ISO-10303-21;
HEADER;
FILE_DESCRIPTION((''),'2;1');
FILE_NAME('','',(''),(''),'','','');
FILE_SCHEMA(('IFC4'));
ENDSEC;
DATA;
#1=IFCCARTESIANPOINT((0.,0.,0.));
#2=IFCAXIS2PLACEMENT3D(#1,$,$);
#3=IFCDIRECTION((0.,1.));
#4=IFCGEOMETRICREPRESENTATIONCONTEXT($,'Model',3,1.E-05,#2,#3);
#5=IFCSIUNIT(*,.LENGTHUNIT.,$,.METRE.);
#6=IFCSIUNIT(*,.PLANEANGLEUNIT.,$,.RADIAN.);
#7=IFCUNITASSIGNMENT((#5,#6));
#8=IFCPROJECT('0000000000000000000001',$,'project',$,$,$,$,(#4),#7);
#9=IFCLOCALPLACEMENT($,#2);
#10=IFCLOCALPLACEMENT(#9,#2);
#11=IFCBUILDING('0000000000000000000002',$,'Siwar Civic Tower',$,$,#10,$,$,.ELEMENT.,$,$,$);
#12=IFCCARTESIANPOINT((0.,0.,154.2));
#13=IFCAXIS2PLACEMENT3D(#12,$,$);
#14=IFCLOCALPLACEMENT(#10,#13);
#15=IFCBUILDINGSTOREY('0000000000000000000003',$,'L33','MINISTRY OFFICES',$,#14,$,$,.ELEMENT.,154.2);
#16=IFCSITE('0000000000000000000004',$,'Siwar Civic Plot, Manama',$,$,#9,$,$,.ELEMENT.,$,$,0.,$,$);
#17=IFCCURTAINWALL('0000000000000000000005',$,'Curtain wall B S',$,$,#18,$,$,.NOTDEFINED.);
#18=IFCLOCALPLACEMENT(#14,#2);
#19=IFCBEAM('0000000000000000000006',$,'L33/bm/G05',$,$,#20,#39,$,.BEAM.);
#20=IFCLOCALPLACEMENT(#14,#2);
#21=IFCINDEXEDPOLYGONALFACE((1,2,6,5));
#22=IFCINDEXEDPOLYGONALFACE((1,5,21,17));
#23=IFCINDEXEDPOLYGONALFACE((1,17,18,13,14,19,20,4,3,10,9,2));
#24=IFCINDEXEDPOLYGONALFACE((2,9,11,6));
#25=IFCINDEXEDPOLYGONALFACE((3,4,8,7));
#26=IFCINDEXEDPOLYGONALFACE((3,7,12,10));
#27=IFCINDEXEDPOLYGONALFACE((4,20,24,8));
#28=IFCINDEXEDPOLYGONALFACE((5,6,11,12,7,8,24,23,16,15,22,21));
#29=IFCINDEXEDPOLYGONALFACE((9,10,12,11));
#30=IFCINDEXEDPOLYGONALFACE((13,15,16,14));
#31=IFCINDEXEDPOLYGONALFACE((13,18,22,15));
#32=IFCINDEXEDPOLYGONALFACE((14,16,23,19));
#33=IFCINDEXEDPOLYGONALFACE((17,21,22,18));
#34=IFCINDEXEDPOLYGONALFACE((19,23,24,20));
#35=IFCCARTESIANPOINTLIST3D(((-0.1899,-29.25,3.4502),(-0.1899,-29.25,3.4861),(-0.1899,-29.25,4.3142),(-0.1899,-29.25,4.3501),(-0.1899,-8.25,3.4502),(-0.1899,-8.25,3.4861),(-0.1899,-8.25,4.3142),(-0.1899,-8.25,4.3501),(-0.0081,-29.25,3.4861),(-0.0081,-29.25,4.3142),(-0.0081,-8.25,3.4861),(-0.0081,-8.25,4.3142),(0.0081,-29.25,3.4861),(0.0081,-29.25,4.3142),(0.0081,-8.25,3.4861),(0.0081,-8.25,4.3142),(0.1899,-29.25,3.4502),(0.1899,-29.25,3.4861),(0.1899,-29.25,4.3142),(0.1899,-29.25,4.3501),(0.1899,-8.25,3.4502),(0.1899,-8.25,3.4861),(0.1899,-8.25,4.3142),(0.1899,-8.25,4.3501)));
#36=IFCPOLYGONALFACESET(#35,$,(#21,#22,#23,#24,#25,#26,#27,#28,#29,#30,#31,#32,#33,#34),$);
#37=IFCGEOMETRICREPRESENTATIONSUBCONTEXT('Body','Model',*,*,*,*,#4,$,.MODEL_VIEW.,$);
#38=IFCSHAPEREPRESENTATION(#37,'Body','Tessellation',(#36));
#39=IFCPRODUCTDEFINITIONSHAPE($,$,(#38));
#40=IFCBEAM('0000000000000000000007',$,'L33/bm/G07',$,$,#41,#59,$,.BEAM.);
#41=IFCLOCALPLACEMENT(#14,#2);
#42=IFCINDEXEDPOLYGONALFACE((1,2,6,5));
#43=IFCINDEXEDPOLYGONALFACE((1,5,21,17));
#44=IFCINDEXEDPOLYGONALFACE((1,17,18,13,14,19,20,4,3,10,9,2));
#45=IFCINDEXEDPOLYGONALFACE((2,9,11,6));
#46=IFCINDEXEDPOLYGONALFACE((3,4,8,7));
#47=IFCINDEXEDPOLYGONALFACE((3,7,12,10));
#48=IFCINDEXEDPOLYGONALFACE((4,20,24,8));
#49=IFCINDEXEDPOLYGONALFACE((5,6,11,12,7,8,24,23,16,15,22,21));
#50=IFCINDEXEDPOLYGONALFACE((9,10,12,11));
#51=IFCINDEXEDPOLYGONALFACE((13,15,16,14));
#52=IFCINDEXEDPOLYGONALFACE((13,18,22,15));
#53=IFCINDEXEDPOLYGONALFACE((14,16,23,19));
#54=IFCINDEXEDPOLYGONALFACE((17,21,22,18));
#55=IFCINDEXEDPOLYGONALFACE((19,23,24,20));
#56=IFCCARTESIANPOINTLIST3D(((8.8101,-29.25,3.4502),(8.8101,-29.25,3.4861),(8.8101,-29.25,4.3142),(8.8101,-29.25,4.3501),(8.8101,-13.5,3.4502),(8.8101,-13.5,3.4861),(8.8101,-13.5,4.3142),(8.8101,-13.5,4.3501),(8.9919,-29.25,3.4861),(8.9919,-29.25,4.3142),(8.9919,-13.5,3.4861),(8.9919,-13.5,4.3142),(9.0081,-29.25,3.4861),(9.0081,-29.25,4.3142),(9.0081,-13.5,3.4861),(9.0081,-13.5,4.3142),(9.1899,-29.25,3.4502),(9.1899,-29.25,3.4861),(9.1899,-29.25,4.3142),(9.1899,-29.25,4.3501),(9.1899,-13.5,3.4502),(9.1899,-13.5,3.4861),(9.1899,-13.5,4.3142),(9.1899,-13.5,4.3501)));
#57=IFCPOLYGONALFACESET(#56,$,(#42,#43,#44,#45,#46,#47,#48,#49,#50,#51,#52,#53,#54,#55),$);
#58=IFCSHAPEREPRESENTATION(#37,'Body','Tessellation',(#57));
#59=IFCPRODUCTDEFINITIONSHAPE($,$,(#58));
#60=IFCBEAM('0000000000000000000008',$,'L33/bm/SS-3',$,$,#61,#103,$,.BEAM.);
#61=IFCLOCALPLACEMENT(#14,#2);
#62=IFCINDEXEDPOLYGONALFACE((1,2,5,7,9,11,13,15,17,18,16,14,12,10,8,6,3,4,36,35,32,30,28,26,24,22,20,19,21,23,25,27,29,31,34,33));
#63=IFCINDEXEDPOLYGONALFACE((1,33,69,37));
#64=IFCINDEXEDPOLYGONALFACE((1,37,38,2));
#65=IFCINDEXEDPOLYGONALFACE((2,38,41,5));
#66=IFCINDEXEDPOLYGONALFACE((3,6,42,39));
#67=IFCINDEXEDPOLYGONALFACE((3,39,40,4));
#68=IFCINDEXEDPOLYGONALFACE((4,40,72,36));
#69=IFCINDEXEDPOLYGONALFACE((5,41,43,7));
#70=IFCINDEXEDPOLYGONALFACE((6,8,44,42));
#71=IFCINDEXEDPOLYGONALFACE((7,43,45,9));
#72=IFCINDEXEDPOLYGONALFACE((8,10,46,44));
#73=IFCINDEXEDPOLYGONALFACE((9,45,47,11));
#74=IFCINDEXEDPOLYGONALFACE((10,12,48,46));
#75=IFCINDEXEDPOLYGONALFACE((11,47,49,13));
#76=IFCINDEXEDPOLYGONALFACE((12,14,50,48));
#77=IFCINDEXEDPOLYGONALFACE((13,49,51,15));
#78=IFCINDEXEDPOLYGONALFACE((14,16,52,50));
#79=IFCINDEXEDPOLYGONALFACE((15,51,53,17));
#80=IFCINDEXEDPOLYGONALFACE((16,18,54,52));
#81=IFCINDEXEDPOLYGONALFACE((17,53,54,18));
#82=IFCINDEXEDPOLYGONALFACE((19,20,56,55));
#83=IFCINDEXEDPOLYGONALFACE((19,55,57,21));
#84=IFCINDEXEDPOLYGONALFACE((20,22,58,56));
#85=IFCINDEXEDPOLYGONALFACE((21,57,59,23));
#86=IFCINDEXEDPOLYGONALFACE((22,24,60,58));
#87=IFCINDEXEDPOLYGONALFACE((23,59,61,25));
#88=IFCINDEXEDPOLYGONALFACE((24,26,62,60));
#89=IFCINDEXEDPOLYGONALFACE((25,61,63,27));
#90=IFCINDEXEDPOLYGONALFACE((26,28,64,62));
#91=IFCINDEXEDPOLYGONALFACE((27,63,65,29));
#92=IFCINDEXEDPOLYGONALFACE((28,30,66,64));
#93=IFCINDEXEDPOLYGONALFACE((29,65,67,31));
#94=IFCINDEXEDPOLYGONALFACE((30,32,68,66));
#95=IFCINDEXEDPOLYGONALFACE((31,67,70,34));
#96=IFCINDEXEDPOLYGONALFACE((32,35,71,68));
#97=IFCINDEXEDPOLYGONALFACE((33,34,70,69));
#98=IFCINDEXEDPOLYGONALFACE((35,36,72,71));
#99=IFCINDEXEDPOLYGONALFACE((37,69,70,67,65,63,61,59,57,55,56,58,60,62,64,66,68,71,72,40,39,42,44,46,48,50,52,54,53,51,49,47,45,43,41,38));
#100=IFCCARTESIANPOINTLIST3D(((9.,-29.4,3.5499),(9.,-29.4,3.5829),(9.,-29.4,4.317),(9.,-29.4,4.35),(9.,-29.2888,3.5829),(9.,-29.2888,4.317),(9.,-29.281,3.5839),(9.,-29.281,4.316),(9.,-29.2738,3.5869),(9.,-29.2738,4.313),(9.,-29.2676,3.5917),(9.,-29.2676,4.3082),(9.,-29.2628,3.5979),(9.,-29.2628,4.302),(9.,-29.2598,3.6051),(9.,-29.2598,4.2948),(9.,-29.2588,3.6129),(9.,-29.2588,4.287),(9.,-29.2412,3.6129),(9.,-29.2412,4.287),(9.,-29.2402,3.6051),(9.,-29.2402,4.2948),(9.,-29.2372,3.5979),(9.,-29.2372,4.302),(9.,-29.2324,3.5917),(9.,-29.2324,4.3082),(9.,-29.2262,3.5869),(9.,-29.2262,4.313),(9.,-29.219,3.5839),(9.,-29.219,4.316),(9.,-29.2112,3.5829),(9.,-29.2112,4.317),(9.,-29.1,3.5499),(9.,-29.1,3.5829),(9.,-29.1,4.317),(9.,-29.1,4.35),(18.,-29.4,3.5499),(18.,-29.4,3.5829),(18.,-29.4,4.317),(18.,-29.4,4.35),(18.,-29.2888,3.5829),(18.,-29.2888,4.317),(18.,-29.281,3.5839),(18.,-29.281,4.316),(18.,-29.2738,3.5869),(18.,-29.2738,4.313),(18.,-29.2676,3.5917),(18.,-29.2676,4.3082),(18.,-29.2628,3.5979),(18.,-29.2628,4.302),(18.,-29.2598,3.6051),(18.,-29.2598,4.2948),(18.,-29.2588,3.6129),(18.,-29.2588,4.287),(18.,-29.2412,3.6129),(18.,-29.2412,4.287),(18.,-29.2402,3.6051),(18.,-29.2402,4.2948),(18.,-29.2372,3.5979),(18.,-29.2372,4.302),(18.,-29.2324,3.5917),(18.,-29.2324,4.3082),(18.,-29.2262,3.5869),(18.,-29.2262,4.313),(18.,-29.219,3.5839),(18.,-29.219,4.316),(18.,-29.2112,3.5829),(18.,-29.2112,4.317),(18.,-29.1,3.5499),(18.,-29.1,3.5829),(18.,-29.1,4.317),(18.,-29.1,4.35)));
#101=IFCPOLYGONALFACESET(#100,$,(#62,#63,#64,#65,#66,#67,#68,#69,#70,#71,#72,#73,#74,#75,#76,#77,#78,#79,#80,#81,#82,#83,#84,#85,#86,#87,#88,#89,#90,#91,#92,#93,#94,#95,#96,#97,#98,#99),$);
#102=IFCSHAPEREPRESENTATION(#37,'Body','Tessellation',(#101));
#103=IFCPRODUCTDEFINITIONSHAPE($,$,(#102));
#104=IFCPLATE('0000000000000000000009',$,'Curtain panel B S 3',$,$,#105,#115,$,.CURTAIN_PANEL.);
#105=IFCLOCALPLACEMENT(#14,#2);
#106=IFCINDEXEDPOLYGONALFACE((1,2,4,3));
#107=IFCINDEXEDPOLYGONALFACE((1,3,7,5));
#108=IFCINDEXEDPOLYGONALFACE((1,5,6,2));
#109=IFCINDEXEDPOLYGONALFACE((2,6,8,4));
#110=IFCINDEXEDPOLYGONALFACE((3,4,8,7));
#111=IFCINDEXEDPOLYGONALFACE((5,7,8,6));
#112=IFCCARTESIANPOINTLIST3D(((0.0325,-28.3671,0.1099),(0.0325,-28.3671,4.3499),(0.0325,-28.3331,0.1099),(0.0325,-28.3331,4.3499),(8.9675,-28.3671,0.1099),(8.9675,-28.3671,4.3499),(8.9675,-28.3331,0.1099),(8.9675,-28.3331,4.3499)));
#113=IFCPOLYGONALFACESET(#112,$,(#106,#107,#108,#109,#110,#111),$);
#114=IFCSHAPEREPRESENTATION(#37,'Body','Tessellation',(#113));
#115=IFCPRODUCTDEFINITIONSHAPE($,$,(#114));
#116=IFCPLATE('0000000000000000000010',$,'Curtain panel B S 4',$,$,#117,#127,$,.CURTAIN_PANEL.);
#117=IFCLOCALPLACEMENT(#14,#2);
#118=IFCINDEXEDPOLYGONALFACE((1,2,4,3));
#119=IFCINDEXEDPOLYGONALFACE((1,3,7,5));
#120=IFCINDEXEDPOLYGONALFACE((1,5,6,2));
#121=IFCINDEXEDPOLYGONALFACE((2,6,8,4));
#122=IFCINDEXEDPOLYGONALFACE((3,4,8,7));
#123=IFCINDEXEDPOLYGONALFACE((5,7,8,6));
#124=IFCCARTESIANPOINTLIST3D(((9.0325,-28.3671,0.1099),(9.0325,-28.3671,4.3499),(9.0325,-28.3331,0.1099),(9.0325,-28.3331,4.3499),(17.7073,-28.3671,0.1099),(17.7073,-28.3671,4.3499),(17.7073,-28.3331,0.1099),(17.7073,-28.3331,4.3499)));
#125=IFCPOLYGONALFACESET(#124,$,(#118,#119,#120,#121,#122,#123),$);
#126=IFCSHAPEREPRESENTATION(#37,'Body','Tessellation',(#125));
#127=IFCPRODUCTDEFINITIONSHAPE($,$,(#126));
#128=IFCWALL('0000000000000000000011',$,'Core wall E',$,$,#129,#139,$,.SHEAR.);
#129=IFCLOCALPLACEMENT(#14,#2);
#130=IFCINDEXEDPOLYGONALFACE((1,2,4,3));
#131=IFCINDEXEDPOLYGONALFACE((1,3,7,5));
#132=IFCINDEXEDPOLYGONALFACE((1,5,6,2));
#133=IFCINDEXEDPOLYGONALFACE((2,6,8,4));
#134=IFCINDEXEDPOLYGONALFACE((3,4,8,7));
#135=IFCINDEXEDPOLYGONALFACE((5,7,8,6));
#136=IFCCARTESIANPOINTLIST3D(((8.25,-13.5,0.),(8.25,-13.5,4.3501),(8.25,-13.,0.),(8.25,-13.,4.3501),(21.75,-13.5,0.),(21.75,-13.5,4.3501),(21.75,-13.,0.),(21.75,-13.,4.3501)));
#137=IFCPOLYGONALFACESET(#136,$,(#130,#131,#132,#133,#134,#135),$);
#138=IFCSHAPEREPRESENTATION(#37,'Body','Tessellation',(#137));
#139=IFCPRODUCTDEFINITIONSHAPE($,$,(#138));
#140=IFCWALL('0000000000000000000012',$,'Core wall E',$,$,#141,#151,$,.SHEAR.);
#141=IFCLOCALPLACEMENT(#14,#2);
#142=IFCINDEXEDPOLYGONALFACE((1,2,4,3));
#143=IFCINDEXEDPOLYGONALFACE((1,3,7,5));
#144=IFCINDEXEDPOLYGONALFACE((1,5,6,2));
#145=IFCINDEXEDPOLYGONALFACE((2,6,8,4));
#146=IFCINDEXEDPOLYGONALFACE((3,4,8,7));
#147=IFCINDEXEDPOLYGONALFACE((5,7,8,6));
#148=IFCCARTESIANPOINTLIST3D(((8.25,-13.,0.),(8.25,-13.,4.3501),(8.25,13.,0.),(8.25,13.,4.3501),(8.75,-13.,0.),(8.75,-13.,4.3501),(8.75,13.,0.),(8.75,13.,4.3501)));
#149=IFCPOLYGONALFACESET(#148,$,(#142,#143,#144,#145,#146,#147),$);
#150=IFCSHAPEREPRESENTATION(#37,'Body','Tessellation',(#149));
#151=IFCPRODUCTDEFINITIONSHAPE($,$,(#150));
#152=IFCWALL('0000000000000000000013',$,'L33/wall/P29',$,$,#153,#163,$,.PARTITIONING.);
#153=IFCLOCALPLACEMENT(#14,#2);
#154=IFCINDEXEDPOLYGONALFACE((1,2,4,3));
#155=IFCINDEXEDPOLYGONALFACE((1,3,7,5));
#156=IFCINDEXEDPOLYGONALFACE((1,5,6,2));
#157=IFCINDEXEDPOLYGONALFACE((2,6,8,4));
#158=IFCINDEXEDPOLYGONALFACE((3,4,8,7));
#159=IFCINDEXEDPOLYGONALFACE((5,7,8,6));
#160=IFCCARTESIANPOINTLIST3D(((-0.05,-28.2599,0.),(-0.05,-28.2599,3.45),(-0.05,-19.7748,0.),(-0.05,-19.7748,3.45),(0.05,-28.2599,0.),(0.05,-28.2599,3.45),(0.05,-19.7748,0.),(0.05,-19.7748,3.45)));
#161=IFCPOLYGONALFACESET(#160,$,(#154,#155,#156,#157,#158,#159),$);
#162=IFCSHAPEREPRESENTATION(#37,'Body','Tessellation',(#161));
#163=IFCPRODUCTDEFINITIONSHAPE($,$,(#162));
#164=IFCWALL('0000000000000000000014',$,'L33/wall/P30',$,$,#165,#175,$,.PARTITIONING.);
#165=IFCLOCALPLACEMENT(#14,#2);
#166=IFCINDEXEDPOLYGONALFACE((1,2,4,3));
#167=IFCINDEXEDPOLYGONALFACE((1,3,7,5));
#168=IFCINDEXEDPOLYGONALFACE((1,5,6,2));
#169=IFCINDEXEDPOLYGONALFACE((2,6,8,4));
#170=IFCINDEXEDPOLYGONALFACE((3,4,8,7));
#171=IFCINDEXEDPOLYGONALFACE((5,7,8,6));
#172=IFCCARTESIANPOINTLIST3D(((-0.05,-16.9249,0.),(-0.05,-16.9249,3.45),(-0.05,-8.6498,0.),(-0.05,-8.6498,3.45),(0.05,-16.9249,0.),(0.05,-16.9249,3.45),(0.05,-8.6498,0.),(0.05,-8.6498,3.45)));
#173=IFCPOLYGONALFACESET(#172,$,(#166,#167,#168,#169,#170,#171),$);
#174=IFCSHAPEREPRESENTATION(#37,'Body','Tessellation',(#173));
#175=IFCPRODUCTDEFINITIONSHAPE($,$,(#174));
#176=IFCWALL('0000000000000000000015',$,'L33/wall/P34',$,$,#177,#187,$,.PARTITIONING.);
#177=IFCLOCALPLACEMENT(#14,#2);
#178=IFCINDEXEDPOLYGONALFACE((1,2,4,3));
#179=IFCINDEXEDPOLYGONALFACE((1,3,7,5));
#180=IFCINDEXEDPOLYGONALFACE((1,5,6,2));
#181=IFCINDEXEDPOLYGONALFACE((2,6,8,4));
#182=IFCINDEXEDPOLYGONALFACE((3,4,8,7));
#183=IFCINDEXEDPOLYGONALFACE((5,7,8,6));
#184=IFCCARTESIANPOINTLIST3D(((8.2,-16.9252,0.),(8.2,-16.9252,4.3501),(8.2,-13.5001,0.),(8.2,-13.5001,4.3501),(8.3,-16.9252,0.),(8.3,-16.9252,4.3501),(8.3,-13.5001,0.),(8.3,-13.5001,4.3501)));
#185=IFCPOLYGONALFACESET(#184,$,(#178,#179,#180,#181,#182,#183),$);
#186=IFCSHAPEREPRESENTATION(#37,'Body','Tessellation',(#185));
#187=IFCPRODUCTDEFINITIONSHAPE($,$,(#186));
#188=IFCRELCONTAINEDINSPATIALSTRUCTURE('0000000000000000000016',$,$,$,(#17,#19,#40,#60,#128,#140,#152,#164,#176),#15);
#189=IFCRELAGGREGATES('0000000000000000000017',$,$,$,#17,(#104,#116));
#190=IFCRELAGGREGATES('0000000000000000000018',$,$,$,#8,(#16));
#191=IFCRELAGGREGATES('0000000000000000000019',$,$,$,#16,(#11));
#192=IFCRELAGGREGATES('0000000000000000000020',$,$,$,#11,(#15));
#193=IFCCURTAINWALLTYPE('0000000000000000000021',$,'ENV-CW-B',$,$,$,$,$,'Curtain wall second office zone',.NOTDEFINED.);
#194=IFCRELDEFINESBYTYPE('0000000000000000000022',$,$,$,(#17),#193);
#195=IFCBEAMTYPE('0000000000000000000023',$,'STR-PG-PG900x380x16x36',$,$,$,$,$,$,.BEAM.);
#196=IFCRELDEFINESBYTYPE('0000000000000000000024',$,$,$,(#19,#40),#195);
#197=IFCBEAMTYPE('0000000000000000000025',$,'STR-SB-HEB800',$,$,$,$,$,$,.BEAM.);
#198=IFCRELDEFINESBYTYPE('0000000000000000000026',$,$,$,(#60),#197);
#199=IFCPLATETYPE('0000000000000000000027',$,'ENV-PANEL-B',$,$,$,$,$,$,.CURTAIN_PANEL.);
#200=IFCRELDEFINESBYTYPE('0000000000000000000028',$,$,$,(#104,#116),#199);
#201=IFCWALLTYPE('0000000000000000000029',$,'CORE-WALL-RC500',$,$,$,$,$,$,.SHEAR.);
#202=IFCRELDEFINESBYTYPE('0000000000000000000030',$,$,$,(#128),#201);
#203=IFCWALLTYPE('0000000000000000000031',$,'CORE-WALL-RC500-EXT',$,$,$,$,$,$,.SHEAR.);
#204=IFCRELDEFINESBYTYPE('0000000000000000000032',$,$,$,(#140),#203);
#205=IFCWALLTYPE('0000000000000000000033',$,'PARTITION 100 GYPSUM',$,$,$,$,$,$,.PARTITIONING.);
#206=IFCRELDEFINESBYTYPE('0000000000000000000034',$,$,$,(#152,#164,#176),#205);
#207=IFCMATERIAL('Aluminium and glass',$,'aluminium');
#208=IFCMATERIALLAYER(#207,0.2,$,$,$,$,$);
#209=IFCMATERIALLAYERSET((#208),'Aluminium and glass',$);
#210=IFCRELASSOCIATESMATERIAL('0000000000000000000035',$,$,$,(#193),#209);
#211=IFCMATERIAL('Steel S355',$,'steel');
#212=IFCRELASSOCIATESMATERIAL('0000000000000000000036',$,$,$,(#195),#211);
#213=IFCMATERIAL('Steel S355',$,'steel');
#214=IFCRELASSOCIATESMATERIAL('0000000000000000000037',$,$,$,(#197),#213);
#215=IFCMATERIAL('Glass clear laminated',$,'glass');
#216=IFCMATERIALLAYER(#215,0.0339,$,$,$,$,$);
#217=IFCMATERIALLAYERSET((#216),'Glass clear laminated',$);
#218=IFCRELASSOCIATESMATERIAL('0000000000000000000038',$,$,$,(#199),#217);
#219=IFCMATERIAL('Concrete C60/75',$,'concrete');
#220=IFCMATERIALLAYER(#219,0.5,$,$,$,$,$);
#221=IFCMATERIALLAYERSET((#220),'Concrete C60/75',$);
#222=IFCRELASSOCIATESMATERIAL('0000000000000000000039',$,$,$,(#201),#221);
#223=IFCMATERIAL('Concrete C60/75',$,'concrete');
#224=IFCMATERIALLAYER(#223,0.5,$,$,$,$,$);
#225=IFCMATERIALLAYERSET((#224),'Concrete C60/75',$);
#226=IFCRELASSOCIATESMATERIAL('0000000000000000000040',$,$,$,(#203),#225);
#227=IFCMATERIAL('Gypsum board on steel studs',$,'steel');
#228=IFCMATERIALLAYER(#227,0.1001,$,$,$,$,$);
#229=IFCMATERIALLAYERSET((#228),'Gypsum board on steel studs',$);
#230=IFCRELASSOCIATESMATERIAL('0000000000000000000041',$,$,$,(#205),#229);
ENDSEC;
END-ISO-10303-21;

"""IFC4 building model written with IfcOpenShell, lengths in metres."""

from ifc_helpers import new_model, si_unit, direction, frame, frame_2d, origin, origin_2d, place, context, subcontext, project, spatial, rectangle, i_section, extrude, material, layer, layer_set, material_profile, profile_set, type_object, element, aggregate, save


model = new_model("IFC4")

# Units and contexts
model_context = context("Model", 3, precision=1e-05, world=origin(), true_north=direction((0.0, 1.0)))
body_context = subcontext(model_context, "Body", "Model", "MODEL_VIEW")
ifc_project = project(units=[si_unit("LENGTHUNIT", "METRE"), si_unit("PLANEANGLEUNIT", "RADIAN")], contexts=[model_context])

# Site, building, storey
site_placement = place(None, origin())
site = spatial("IfcSite", under=ifc_project, at=site_placement, Name="Siwar Civic Plot, Manama", CompositionType="ELEMENT", RefElevation=0.0)
building_placement = place(site_placement, origin())
building = spatial("IfcBuilding", under=site, at=building_placement, Name="Siwar Civic Tower", CompositionType="ELEMENT")
storey_placement = place(building_placement, frame((0.0, 0.0, 154.2)))
storey = spatial("IfcBuildingStorey", under=building, at=storey_placement, Name="L33", Description="MINISTRY OFFICES", CompositionType="ELEMENT", Elevation=154.2)

# Curtain wall
ifc_material_1 = material(Name="Aluminium and glass", Category="aluminium")
ifc_layer_1 = layer(ifc_material_1, 0.2)
ifc_layer_set_1 = layer_set([ifc_layer_1], Name="Aluminium and glass")
curtain_wall_type = type_object("IfcCurtainWallType", Name="ENV-CW-B", ElementType="Curtain wall second office zone", PredefinedType="NOTDEFINED", material=ifc_layer_set_1)
curtain_wall_placement = place(storey_placement, origin())
curtain_wall = element("IfcCurtainWall", 1, at=curtain_wall_placement, inside=storey, type_object=curtain_wall_type, Name="Curtain wall B S", PredefinedType="NOTDEFINED")

# Beams
ifc_material_2 = material(Name="Steel S355", Category="steel")
ifc_material_profile_1 = material_profile(ifc_material_2, i_section(OverallWidth=0.3799, OverallDepth=0.8999, WebThickness=0.0161, FlangeThickness=0.0359, at=origin_2d()), Name="PG900x380x16x36")
ifc_profile_set_1 = profile_set([ifc_material_profile_1], Name="Steel S355")
beam_type_1 = type_object("IfcBeamType", Name="STR-PG-PG900x380x16x36", PredefinedType="BEAM", material=ifc_profile_set_1)
beam_1_placement = place(storey_placement, frame((0.0, -29.25, 3.9001), z_axis=(0.0, 1.0, 0.0), x_axis=(-1.0, 0.0, 0.0)))
element("IfcBeam", 2, at=beam_1_placement, inside=storey, type_object=beam_type_1, Name="L33/bm/G05", PredefinedType="BEAM", context=body_context, shape_type="SweptSolid", body=[
    extrude(i_section(OverallWidth=0.3799, OverallDepth=0.8999, WebThickness=0.0161, FlangeThickness=0.0359, at=origin_2d()), origin(), (0.0, 0.0, 1.0), 21.0),
])
beam_2_placement = place(storey_placement, frame((9.0, -29.25, 3.9001), z_axis=(0.0, 1.0, 0.0), x_axis=(-1.0, 0.0, 0.0)))
element("IfcBeam", 3, at=beam_2_placement, inside=storey, type_object=beam_type_1, Name="L33/bm/G07", PredefinedType="BEAM", context=body_context, shape_type="SweptSolid", body=[
    extrude(i_section(OverallWidth=0.3799, OverallDepth=0.8999, WebThickness=0.0161, FlangeThickness=0.0359, at=origin_2d()), origin(), (0.0, 0.0, 1.0), 15.75),
])
ifc_material_3 = material(Name="Steel S355", Category="steel")
ifc_material_profile_2 = material_profile(ifc_material_3, i_section(OverallWidth=0.3, OverallDepth=0.8, WebThickness=0.0176, FlangeThickness=0.033, FilletRadius=0.03, at=origin_2d()), Name="HEB800")
ifc_profile_set_2 = profile_set([ifc_material_profile_2], Name="Steel S355")
beam_type_2 = type_object("IfcBeamType", Name="STR-SB-HEB800", PredefinedType="BEAM", material=ifc_profile_set_2)
beam_3_placement = place(storey_placement, frame((9.0, -29.25, 3.95), z_axis=(1.0, 0.0, 0.0), x_axis=(0.0, 1.0, 0.0)))
element("IfcBeam", 4, at=beam_3_placement, inside=storey, type_object=beam_type_2, Name="L33/bm/SS-3", PredefinedType="BEAM", context=body_context, shape_type="SweptSolid", body=[
    extrude(i_section(OverallWidth=0.3, OverallDepth=0.8, WebThickness=0.0176, FlangeThickness=0.033, FilletRadius=0.03, at=origin_2d()), origin(), (0.0, 0.0, 1.0), 9.0),
])

# Plates
ifc_material_4 = material(Name="Glass clear laminated", Category="glass")
ifc_layer_2 = layer(ifc_material_4, 0.0339)
ifc_layer_set_2 = layer_set([ifc_layer_2], Name="Glass clear laminated")
plate_type = type_object("IfcPlateType", Name="ENV-PANEL-B", PredefinedType="CURTAIN_PANEL", material=ifc_layer_set_2)
plate_1_placement = place(storey_placement, frame((4.5, -28.3501, 0.1099), z_axis=(0.0, 0.0, 1.0), x_axis=(1.0, 0.0, 0.0)))
plate_1 = element("IfcPlate", 5, at=plate_1_placement, type_object=plate_type, Name="Curtain panel B S 3", PredefinedType="CURTAIN_PANEL", context=body_context, shape_type="SweptSolid", body=[
    extrude(rectangle(XDim=8.9351, YDim=0.0339, at=origin_2d()), origin(), (0.0, 0.0, 1.0), 4.24),
])
plate_2_placement = place(storey_placement, frame((13.3699, -28.3501, 0.1099), z_axis=(0.0, 0.0, 1.0), x_axis=(1.0, 0.0, 0.0)))
plate_2 = element("IfcPlate", 6, at=plate_2_placement, type_object=plate_type, Name="Curtain panel B S 4", PredefinedType="CURTAIN_PANEL", context=body_context, shape_type="SweptSolid", body=[
    extrude(rectangle(XDim=8.6748, YDim=0.0339, at=origin_2d()), origin(), (0.0, 0.0, 1.0), 4.24),
])
aggregate(curtain_wall, [plate_1, plate_2])

# Walls
ifc_material_5 = material(Name="Concrete C60/75", Category="concrete")
ifc_layer_3 = layer(ifc_material_5, 0.5)
ifc_layer_set_3 = layer_set([ifc_layer_3], Name="Concrete C60/75")
wall_type_1 = type_object("IfcWallType", Name="CORE-WALL-RC500", PredefinedType="SHEAR", material=ifc_layer_set_3)
wall_1_placement = place(storey_placement, frame((8.25, -13.25, 0.0), z_axis=(0.0, 0.0, 1.0), x_axis=(1.0, 0.0, 0.0)))
element("IfcWall", 7, at=wall_1_placement, inside=storey, type_object=wall_type_1, Name="Core wall E", PredefinedType="SHEAR", context=body_context, shape_type="SweptSolid", body=[
    extrude(rectangle(XDim=13.5, YDim=0.5, at=frame_2d((6.75, 0.0))), origin(), (0.0, 0.0, 1.0), 4.3501),
])
ifc_material_6 = material(Name="Concrete C60/75", Category="concrete")
ifc_layer_4 = layer(ifc_material_6, 0.5)
ifc_layer_set_4 = layer_set([ifc_layer_4], Name="Concrete C60/75")
wall_type_2 = type_object("IfcWallType", Name="CORE-WALL-RC500-EXT", PredefinedType="SHEAR", material=ifc_layer_set_4)
wall_2_placement = place(storey_placement, frame((8.5, -13.0, 0.0), z_axis=(0.0, 0.0, 1.0), x_axis=(0.0, 1.0, 0.0)))
element("IfcWall", 8, at=wall_2_placement, inside=storey, type_object=wall_type_2, Name="Core wall E", PredefinedType="SHEAR", context=body_context, shape_type="SweptSolid", body=[
    extrude(rectangle(XDim=26.0, YDim=0.5, at=frame_2d((13.0, 0.0))), origin(), (0.0, 0.0, 1.0), 4.3501),
])
ifc_material_7 = material(Name="Gypsum board on steel studs", Category="steel")
ifc_layer_5 = layer(ifc_material_7, 0.1001)
ifc_layer_set_5 = layer_set([ifc_layer_5], Name="Gypsum board on steel studs")
wall_type_3 = type_object("IfcWallType", Name="PARTITION 100 GYPSUM", PredefinedType="PARTITIONING", material=ifc_layer_set_5)
wall_3_placement = place(storey_placement, frame((0.0, -28.26, 0.0), z_axis=(0.0, 0.0, 1.0), x_axis=(0.0, 1.0, 0.0)))
element("IfcWall", 9, at=wall_3_placement, inside=storey, type_object=wall_type_3, Name="L33/wall/P29", PredefinedType="PARTITIONING", context=body_context, shape_type="SweptSolid", body=[
    extrude(rectangle(XDim=8.4851, YDim=0.1001, at=frame_2d((4.2427, 0.0))), origin(), (0.0, 0.0, 1.0), 3.45),
])
wall_4_placement = place(storey_placement, frame((0.0, -16.925, 0.0), z_axis=(0.0, 0.0, 1.0), x_axis=(0.0, 1.0, 0.0)))
element("IfcWall", 10, at=wall_4_placement, inside=storey, type_object=wall_type_3, Name="L33/wall/P30", PredefinedType="PARTITIONING", context=body_context, shape_type="SweptSolid", body=[
    extrude(rectangle(XDim=8.2751, YDim=0.1001, at=frame_2d((4.1377, 0.0))), origin(), (0.0, 0.0, 1.0), 3.45),
])
wall_5_placement = place(storey_placement, frame((8.25, -16.925, 0.0), z_axis=(0.0, 0.0, 1.0), x_axis=(0.0, 1.0, 0.0)))
element("IfcWall", 11, at=wall_5_placement, inside=storey, type_object=wall_type_3, Name="L33/wall/P34", PredefinedType="PARTITIONING", context=body_context, shape_type="SweptSolid", body=[
    extrude(rectangle(XDim=3.425, YDim=0.1001, at=frame_2d((1.7124, 0.0))), origin(), (0.0, 0.0, 1.0), 4.3501),
])

save(model, "model.ifc")
